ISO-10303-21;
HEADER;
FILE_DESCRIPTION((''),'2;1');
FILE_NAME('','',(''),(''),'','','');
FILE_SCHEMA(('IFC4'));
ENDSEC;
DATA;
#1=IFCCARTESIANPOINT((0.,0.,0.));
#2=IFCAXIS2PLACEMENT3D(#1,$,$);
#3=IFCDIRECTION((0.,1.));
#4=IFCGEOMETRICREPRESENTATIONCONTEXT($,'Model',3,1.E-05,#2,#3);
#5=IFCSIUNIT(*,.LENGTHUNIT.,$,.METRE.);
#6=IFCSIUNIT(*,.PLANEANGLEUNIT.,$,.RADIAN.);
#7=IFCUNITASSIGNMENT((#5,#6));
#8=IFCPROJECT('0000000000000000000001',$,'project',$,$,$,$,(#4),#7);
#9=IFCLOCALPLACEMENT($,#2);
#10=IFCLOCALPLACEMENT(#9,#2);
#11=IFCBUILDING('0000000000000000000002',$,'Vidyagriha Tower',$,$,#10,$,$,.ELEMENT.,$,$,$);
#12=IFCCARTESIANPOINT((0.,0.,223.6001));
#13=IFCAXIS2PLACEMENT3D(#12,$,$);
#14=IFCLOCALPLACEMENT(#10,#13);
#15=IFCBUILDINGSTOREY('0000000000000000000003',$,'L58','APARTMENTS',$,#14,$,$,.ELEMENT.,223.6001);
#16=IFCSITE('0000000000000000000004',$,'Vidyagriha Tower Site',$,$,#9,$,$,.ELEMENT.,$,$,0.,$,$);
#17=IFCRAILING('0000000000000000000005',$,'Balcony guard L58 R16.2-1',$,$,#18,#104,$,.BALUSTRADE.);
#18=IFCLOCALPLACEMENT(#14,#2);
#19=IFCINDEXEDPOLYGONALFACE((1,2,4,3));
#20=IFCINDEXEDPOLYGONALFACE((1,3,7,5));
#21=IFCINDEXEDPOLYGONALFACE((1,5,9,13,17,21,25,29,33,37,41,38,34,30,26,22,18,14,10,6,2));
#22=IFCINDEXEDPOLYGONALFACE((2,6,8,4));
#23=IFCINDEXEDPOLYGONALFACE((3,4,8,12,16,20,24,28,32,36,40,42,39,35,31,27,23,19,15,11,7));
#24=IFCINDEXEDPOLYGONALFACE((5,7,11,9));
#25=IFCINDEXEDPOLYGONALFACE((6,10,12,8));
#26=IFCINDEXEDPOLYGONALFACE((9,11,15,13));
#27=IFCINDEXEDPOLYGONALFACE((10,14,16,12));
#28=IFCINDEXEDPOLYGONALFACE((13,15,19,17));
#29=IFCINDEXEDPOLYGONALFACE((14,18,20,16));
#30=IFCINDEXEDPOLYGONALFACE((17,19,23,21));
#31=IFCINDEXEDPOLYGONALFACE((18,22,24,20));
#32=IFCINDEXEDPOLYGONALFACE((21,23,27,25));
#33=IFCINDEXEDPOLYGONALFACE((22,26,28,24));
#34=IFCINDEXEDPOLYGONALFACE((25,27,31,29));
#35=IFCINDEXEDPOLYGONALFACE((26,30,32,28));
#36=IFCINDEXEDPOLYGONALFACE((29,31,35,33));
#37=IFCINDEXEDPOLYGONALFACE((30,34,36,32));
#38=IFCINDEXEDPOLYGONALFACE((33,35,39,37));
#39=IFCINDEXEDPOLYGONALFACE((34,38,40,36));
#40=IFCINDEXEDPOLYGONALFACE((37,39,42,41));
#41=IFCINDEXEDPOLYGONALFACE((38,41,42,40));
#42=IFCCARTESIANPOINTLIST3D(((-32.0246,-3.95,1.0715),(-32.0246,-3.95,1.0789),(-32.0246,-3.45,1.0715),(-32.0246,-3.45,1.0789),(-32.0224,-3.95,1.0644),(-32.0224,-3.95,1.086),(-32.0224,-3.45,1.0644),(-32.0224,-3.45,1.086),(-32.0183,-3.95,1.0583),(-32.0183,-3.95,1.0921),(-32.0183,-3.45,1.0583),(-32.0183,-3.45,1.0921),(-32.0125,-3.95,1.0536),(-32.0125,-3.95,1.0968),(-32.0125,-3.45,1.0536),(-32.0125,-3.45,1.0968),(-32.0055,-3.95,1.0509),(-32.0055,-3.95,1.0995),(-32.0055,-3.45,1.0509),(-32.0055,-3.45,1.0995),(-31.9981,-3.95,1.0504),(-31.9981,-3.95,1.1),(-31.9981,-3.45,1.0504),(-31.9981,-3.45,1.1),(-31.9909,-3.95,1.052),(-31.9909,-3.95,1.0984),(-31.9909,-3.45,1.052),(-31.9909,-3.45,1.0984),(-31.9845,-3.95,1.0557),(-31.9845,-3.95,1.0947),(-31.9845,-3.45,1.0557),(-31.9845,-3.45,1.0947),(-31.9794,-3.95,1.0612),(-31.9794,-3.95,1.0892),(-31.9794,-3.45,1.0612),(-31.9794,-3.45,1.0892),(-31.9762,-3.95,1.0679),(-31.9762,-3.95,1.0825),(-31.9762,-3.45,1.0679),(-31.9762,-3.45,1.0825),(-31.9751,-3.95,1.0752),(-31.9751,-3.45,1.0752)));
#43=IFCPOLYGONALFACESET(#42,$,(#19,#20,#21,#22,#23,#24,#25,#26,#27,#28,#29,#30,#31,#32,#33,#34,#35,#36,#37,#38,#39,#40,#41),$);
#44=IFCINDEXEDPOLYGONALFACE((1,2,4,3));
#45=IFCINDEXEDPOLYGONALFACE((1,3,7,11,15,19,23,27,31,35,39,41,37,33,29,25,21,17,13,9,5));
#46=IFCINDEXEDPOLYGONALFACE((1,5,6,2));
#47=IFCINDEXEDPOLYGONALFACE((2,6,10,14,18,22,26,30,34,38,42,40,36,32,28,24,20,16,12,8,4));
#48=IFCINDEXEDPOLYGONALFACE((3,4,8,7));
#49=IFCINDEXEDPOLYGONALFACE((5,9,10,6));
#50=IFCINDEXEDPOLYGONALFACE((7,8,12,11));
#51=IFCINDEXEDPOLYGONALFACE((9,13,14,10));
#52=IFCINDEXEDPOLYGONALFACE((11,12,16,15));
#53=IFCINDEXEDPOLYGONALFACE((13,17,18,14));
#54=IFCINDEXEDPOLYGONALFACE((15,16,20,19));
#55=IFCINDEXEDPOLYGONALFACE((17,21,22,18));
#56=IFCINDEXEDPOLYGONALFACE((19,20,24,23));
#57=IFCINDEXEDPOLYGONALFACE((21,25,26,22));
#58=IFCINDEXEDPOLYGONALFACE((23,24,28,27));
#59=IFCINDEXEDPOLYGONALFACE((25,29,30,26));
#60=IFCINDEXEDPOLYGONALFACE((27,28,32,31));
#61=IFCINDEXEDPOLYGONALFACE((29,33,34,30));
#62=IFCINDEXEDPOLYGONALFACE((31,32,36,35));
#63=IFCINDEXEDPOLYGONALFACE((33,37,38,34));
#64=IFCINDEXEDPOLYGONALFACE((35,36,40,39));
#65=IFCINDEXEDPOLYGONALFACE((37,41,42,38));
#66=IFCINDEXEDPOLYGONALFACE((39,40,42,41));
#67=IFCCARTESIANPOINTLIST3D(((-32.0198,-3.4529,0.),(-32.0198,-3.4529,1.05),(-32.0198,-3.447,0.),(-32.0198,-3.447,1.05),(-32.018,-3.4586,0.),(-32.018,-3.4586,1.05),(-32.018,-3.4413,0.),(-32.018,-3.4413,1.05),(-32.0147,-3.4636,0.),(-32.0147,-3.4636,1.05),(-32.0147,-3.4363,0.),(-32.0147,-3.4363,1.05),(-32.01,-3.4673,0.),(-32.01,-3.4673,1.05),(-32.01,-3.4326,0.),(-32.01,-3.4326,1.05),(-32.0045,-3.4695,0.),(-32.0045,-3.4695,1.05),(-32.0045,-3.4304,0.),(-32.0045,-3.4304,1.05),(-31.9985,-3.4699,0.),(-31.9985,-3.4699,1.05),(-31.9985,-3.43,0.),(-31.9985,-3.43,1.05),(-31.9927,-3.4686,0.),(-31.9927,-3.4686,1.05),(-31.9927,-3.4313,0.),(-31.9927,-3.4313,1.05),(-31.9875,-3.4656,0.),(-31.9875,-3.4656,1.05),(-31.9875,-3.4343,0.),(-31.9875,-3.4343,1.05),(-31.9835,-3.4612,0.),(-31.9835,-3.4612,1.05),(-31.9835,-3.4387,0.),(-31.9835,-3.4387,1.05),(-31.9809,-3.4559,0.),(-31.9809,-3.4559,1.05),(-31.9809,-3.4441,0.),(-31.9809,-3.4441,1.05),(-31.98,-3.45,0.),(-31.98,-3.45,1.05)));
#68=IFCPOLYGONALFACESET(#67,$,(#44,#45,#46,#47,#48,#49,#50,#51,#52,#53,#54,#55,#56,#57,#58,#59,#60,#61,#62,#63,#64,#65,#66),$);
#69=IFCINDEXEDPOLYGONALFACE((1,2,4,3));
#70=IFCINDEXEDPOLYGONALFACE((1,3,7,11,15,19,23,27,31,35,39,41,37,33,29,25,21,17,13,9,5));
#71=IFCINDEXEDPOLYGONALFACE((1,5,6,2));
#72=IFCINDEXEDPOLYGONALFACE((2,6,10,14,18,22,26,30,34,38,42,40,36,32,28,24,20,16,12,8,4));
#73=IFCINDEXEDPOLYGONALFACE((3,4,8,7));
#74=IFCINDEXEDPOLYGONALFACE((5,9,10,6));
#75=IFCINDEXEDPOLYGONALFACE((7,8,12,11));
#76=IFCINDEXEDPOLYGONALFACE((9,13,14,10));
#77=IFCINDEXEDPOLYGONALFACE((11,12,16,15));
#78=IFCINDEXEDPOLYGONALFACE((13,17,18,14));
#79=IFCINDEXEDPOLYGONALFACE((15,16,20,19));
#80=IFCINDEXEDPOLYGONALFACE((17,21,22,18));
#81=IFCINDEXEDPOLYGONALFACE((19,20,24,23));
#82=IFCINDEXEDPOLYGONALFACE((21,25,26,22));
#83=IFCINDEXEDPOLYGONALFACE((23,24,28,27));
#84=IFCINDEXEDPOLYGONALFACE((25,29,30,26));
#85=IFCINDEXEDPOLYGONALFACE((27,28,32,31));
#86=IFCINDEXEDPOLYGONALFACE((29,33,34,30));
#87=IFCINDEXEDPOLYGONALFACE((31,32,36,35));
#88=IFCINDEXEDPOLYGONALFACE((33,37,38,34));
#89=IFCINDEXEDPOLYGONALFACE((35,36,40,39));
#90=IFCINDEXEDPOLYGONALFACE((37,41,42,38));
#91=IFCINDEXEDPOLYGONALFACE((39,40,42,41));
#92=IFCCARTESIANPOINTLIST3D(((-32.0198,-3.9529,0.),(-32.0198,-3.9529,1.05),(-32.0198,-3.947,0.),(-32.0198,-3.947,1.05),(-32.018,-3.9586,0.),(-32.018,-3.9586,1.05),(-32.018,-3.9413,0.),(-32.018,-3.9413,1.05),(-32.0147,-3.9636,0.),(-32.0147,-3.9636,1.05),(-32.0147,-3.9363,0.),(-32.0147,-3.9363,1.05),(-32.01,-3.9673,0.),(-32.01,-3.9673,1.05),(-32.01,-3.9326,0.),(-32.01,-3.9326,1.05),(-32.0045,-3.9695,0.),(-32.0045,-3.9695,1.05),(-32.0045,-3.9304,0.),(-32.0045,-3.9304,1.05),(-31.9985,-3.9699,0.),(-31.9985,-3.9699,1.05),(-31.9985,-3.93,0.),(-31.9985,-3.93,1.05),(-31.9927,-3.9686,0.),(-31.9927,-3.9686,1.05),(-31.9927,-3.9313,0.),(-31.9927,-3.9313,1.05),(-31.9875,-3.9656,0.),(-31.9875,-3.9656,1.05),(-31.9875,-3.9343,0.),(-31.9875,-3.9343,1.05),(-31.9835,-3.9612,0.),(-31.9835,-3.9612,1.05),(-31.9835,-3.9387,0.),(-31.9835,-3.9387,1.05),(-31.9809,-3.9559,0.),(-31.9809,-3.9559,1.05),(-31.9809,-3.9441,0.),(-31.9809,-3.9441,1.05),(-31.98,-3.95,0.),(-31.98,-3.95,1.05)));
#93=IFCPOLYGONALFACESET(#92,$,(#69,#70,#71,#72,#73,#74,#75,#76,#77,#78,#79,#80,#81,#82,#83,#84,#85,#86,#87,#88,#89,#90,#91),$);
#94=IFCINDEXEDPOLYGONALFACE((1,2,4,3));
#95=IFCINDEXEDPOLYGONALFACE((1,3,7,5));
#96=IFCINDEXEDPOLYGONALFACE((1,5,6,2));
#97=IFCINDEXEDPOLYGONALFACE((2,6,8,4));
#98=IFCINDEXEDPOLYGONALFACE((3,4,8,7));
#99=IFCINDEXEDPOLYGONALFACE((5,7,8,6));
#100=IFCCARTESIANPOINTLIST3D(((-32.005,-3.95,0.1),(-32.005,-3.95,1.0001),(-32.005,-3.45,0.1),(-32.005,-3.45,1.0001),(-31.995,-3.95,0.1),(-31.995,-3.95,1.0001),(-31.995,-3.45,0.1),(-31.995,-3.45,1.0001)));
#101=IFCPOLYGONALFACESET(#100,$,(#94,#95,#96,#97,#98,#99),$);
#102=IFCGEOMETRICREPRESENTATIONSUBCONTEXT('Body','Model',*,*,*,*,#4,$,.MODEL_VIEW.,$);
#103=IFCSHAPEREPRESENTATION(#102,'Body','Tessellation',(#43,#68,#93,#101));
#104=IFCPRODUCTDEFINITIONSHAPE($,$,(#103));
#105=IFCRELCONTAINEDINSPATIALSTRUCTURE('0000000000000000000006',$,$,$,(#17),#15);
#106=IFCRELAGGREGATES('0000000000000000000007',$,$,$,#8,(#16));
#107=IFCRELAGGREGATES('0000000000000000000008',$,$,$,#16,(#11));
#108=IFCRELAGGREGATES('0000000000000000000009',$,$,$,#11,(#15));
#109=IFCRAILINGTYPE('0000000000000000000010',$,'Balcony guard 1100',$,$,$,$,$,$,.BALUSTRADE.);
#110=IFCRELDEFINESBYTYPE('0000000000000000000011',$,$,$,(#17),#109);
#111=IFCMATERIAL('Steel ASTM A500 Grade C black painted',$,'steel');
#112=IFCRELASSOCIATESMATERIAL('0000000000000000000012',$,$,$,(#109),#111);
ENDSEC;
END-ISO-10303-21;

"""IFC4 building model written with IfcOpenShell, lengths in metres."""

from ifc_helpers import new_model, si_unit, direction, frame, origin, origin_2d, place, context, subcontext, project, spatial, rectangle, circle, extrude, material, type_object, element, save


model = new_model("IFC4")

# Units and contexts
model_context = context("Model", 3, precision=1e-05, world=origin(), true_north=direction((0.0, 1.0)))
body_context = subcontext(model_context, "Body", "Model", "MODEL_VIEW")
ifc_project = project(units=[si_unit("LENGTHUNIT", "METRE"), si_unit("PLANEANGLEUNIT", "RADIAN")], contexts=[model_context])

# Site, building, storey
site_placement = place(None, origin())
site = spatial("IfcSite", under=ifc_project, at=site_placement, Name="Vidyagriha Tower Site", CompositionType="ELEMENT", RefElevation=0.0)
building_placement = place(site_placement, origin())
building = spatial("IfcBuilding", under=site, at=building_placement, Name="Vidyagriha Tower", CompositionType="ELEMENT")
storey_placement = place(building_placement, frame((0.0, 0.0, 223.6001)))
storey = spatial("IfcBuildingStorey", under=building, at=storey_placement, Name="L58", Description="APARTMENTS", CompositionType="ELEMENT", Elevation=223.6001)

# Railing
ifc_material_1 = material(Name="Steel ASTM A500 Grade C black painted", Category="steel")
railing_type_1 = type_object("IfcRailingType", Name="Balcony guard 1100", PredefinedType="BALUSTRADE", material=ifc_material_1)
railing_1_placement = place(storey_placement, frame((-32.0, -3.45, 0.0)))
element("IfcRailing", 1, at=railing_1_placement, inside=storey, type_object=railing_type_1, Name="Balcony guard L58 R16.2-1", PredefinedType="BALUSTRADE", context=body_context, shape_type="SweptSolid", body=[
    extrude(circle(Radius=0.0249, at=origin_2d()), frame((0.0, 0.0, 1.0752), z_axis=(0.0, -1.0, 0.0), x_axis=(1.0, 0.0, 0.0)), (0.0, 0.0, 1.0), 0.5),
    extrude(circle(Radius=0.02, at=origin_2d()), origin(), (0.0, 0.0, 1.0), 1.05),
    extrude(circle(Radius=0.02, at=origin_2d()), frame((0.0, -0.5, 0.0)), (0.0, 0.0, 1.0), 1.05),
    extrude(rectangle(XDim=0.01, YDim=0.9001, at=origin_2d()), frame((0.0, 0.0, 0.55), z_axis=(0.0, -1.0, 0.0), x_axis=(1.0, 0.0, 0.0)), (0.0, 0.0, 1.0), 0.5),
])

save(model, "model.ifc")
